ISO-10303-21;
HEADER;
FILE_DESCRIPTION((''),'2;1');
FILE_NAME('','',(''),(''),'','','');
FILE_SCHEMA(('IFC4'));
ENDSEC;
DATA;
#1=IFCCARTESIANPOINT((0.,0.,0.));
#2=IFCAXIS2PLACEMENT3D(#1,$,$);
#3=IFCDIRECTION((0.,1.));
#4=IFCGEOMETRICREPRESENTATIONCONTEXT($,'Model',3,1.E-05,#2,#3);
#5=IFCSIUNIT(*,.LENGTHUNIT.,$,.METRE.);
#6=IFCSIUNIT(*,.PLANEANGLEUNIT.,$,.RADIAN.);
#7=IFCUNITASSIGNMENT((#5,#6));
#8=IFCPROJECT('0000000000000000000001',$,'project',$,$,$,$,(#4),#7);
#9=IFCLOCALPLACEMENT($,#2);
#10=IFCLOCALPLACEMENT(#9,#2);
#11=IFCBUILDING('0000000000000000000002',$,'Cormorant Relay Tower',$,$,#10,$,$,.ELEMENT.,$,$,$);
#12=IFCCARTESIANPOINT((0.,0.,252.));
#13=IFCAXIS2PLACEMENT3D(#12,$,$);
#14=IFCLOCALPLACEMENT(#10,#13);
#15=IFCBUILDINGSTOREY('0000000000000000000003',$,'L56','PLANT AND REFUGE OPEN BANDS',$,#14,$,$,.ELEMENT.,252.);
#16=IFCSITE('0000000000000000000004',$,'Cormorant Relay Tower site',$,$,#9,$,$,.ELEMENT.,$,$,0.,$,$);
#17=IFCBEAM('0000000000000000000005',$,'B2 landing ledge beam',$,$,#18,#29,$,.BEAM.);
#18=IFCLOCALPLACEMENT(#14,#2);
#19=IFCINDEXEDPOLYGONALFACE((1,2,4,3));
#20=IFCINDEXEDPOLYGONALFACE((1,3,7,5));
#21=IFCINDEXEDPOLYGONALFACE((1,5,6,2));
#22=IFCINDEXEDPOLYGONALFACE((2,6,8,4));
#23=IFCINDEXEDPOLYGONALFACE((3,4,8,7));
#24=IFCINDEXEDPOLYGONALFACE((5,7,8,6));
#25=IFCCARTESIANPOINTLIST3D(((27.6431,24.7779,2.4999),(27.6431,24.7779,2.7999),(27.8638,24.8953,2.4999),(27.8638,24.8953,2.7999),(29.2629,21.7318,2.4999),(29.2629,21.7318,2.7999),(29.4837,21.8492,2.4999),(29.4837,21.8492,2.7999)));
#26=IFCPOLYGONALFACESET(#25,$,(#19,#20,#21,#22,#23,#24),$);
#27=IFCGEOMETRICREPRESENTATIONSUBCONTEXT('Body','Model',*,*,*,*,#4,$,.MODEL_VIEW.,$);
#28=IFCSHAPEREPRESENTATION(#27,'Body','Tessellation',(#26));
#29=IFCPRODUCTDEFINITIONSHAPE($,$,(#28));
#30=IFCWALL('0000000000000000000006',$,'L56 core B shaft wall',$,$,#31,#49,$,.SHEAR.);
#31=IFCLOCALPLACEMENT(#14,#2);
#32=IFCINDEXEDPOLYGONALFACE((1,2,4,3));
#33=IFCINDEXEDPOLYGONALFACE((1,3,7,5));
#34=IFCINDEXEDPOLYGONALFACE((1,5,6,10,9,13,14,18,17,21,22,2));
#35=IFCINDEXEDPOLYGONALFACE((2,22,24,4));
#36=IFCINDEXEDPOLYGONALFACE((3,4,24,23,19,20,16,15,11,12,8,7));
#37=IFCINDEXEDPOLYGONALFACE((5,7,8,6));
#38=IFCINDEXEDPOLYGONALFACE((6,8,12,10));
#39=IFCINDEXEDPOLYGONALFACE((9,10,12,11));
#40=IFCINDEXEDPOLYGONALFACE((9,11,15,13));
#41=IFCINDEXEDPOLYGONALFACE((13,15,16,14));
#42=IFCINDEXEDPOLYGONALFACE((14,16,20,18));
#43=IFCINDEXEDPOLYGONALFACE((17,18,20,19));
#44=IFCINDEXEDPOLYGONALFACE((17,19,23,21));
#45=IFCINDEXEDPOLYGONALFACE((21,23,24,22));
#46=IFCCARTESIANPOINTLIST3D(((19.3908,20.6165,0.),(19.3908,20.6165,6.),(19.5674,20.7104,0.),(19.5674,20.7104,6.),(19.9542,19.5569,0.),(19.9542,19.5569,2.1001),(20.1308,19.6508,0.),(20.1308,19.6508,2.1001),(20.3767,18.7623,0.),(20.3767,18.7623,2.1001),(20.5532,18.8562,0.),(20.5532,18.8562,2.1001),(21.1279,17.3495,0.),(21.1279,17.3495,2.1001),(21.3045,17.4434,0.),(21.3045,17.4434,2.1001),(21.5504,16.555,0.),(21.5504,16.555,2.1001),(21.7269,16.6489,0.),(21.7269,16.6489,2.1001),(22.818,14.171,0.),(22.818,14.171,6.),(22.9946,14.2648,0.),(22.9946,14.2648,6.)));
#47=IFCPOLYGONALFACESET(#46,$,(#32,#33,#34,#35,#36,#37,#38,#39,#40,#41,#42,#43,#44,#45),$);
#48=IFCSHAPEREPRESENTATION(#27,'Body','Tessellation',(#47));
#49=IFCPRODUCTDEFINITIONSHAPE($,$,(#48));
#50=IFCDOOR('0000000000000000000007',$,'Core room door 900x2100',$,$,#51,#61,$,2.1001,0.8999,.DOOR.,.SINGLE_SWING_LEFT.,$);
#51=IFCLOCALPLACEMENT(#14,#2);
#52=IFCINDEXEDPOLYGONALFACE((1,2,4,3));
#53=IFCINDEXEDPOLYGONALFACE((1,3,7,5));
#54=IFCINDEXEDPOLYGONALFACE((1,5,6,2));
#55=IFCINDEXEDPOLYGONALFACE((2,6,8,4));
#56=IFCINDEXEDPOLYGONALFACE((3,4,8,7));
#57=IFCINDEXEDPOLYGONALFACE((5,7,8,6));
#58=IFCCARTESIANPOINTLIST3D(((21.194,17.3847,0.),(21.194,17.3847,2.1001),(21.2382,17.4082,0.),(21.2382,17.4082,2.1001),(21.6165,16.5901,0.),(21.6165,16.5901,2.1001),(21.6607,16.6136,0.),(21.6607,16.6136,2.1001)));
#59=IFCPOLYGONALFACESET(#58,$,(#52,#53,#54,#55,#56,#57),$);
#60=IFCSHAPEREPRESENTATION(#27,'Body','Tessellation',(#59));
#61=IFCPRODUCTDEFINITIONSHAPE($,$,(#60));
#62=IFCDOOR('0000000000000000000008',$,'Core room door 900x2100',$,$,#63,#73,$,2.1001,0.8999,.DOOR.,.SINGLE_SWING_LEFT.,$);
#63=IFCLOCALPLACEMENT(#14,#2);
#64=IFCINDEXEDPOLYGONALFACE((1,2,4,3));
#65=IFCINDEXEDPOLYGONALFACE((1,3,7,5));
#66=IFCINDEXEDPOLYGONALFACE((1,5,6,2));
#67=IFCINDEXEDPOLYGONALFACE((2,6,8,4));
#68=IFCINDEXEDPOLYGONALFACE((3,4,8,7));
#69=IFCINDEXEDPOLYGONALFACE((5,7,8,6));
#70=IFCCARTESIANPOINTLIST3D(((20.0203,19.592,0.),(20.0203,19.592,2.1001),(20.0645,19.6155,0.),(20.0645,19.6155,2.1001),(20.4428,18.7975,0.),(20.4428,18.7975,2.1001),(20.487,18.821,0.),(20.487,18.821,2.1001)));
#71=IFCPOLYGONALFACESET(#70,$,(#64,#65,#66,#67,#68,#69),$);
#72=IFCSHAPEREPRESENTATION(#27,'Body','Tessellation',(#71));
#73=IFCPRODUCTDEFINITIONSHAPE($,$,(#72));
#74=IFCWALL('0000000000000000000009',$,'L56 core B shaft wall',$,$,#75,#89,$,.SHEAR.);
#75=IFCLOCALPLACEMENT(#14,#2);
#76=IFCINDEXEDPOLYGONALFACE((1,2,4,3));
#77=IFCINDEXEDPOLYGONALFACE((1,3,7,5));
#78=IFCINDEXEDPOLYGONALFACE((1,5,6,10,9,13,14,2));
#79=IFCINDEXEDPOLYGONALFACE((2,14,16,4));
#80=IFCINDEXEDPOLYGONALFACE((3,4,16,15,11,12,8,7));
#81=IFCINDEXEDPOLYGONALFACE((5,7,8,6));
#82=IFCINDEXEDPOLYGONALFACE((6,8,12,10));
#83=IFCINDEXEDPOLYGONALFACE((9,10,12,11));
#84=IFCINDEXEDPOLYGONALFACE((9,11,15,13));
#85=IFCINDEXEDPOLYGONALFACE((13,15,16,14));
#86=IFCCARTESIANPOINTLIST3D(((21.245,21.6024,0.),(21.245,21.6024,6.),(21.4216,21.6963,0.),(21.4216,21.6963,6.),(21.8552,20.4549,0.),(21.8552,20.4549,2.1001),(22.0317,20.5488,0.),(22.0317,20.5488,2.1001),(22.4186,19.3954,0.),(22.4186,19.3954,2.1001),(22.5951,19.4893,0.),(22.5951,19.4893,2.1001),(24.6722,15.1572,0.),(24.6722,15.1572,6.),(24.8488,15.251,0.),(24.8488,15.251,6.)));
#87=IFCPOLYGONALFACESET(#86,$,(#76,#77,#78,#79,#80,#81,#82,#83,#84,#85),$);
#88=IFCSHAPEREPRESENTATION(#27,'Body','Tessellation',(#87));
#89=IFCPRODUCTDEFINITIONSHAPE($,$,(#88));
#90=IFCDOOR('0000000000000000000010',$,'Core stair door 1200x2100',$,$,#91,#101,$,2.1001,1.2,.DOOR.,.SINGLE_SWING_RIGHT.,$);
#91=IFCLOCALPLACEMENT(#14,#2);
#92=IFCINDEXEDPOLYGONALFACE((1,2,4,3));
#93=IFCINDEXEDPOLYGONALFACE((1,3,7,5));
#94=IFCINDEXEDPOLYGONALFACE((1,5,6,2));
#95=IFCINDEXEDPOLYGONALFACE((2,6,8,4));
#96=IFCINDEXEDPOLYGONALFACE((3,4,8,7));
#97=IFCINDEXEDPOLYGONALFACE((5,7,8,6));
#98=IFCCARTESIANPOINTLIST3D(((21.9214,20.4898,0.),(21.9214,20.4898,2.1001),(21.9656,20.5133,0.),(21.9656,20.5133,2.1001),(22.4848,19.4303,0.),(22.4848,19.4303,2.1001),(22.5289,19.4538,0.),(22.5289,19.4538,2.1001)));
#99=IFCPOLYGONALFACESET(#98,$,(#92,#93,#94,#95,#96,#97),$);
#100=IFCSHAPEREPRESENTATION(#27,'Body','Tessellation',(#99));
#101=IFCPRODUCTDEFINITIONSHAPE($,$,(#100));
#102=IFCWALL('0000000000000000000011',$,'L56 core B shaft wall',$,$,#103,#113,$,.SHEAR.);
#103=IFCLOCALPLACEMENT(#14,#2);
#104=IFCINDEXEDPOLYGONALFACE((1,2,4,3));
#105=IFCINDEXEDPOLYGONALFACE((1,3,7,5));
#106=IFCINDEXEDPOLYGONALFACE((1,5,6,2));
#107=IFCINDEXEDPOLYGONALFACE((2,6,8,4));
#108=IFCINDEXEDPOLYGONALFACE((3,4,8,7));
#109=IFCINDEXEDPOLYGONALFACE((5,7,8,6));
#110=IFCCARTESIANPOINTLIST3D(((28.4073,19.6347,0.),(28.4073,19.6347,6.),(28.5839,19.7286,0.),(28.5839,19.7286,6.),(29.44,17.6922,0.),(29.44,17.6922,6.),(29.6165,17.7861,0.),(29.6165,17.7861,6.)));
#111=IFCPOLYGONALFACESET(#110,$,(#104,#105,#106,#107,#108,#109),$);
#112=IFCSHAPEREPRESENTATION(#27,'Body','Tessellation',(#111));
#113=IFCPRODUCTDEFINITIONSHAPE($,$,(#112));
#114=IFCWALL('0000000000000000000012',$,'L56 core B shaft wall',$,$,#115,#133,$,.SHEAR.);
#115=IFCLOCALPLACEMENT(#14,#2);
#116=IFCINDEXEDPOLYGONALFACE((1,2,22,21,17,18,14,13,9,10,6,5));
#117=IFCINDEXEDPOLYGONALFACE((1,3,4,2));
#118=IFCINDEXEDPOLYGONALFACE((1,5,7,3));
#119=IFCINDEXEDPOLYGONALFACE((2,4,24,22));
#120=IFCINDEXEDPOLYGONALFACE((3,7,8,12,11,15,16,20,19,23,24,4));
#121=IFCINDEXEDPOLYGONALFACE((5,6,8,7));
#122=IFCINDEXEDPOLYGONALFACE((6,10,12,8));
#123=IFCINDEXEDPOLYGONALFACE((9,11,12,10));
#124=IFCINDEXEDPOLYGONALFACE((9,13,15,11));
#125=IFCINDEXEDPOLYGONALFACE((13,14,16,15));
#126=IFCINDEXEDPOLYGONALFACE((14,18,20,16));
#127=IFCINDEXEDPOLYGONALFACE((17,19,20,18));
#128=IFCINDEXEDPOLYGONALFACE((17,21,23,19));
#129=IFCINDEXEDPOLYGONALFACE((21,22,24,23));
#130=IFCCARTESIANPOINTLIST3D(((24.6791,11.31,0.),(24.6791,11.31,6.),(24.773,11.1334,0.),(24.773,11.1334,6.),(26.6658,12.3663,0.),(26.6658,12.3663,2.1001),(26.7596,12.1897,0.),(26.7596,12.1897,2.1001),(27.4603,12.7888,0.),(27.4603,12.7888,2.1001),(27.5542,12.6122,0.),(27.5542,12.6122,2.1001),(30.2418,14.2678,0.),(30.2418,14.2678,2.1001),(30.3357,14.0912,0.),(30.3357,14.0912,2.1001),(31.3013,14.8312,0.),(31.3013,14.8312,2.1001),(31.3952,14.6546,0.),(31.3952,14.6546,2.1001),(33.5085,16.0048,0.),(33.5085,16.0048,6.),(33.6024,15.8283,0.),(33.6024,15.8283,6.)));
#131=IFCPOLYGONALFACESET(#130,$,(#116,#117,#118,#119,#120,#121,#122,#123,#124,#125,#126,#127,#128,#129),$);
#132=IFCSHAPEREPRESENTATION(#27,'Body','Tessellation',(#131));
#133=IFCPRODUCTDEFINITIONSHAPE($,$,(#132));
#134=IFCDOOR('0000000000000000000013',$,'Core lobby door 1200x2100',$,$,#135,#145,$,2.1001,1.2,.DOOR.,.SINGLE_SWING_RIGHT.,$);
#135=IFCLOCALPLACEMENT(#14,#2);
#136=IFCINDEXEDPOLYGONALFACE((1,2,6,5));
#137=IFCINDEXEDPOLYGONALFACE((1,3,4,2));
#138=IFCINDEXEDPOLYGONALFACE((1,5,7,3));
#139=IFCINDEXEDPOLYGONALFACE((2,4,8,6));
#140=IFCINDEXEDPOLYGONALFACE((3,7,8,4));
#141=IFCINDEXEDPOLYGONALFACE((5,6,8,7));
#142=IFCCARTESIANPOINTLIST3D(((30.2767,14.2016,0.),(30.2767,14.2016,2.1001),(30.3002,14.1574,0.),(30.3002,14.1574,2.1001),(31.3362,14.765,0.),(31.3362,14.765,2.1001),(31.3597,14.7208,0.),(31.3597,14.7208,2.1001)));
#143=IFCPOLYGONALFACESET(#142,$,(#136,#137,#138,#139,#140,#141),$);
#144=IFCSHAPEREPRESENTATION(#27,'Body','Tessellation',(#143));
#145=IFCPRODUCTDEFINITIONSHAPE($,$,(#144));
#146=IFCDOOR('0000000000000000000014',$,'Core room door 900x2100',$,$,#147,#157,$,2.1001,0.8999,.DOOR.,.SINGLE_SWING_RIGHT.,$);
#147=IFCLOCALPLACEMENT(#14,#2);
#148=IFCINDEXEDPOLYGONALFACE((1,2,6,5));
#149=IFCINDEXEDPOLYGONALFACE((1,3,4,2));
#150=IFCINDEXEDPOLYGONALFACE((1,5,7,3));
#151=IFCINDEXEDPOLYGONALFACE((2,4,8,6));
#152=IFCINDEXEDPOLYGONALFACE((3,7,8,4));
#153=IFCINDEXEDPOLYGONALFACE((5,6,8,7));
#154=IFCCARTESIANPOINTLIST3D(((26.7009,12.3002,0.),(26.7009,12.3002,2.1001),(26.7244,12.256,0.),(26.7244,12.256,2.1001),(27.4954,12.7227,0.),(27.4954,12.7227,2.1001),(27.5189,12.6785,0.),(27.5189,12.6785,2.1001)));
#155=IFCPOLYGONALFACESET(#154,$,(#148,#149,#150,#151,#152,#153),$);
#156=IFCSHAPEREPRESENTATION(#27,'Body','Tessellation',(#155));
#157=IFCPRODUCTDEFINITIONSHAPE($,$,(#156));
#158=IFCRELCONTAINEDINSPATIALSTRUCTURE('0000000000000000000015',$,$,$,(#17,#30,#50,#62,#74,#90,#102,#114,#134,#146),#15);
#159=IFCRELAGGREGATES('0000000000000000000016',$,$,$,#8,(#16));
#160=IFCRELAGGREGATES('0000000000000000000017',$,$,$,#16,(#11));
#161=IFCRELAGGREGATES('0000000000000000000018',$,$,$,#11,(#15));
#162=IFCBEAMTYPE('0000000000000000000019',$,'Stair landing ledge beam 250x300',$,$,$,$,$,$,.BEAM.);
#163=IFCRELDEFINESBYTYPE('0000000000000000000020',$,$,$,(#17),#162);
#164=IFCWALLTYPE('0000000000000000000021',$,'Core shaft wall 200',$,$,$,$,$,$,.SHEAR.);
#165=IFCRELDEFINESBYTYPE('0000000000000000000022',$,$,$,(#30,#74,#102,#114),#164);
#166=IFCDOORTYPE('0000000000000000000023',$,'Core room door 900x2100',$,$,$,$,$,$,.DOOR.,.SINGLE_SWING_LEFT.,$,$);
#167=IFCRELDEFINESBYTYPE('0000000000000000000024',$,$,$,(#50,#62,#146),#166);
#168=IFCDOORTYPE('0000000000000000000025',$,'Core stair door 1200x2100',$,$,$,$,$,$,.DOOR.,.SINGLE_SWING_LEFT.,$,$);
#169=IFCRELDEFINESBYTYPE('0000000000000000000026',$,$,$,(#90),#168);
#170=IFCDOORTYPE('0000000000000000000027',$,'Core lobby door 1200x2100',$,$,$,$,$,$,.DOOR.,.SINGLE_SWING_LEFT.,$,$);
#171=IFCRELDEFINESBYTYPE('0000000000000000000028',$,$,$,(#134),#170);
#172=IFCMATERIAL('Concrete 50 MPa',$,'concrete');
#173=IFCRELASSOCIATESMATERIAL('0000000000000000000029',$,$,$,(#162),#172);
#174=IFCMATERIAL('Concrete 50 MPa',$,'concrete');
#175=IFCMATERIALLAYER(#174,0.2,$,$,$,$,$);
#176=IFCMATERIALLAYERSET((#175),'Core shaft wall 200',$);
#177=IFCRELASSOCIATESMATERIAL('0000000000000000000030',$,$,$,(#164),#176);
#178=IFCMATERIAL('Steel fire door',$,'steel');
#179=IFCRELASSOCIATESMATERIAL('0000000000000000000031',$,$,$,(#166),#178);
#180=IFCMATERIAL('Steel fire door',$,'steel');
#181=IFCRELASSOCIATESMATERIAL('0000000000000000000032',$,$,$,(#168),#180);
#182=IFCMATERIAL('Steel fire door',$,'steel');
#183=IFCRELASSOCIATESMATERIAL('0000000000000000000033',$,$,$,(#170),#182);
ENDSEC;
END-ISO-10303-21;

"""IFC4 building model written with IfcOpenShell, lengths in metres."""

from ifc_helpers import new_model, si_unit, direction, frame, frame_2d, origin, origin_2d, place, context, subcontext, project, spatial, rectangle, extrude, material, layer, layer_set, material_profile, profile_set, type_object, element, fill, save


model = new_model("IFC4")

# Units and contexts
model_context = context("Model", 3, precision=1e-05, world=origin(), true_north=direction((0.0, 1.0)))
body_context = subcontext(model_context, "Body", "Model", "MODEL_VIEW")
ifc_project = project(units=[si_unit("LENGTHUNIT", "METRE"), si_unit("PLANEANGLEUNIT", "RADIAN")], contexts=[model_context])

# Site, building, storey
site_placement = place(None, origin())
site = spatial("IfcSite", under=ifc_project, at=site_placement, Name="Cormorant Relay Tower site", CompositionType="ELEMENT", RefElevation=0.0)
building_placement = place(site_placement, origin())
building = spatial("IfcBuilding", under=site, at=building_placement, Name="Cormorant Relay Tower", CompositionType="ELEMENT")
storey_placement = place(building_placement, frame((0.0, 0.0, 252.0)))
storey = spatial("IfcBuildingStorey", under=building, at=storey_placement, Name="L56", Description="PLANT AND REFUGE OPEN BANDS", CompositionType="ELEMENT", Elevation=252.0)

# Beam
ifc_material_1 = material(Name="Concrete 50 MPa", Category="concrete")
ifc_material_profile = material_profile(ifc_material_1, rectangle(XDim=0.25, YDim=0.3, at=origin_2d()), Name="RC 250x300")
ifc_profile_set = profile_set([ifc_material_profile], Name="Concrete 50 MPa")
beam_type = type_object("IfcBeamType", Name="Stair landing ledge beam 250x300", PredefinedType="BEAM", material=ifc_profile_set)
beam_placement = place(storey_placement, frame((29.3733, 21.7905, 2.6499), z_axis=(-0.469519, 0.882922, 0.0), x_axis=(-0.882922, -0.469519, 0.0)))
element("IfcBeam", 1, at=beam_placement, inside=storey, type_object=beam_type, Name="B2 landing ledge beam", PredefinedType="BEAM", context=body_context, shape_type="SweptSolid", body=[
    extrude(rectangle(XDim=0.25, YDim=0.3, at=origin_2d()), origin(), (0.0, 0.0, 1.0), 3.45),
])

# Wall, openings, doors
ifc_material_2 = material(Name="Concrete 50 MPa", Category="concrete")
ifc_layer = layer(ifc_material_2, 0.2)
ifc_layer_set = layer_set([ifc_layer], Name="Core shaft wall 200")
wall_type = type_object("IfcWallType", Name="Core shaft wall 200", PredefinedType="SHEAR", material=ifc_layer_set)
wall_1_placement = place(storey_placement, frame((22.9062, 14.218, 0.0), z_axis=(0.0, 0.0, 1.0), x_axis=(-0.46948, 0.882943, 0.0)))
wall_1 = element("IfcWall", 2, at=wall_1_placement, inside=storey, type_object=wall_type, Name="L56 core B shaft wall", PredefinedType="SHEAR", context=body_context, shape_type="SweptSolid", body=[
    extrude(rectangle(XDim=7.3, YDim=0.2, at=frame_2d((3.6499, 0.0))), origin(), (0.0, 0.0, 1.0), 6.0),
])
opening_1_placement = place(wall_1_placement, frame((2.7, 0.0, 0.0)))
opening_1 = element("IfcOpeningElement", 3, at=opening_1_placement, cuts=wall_1, PredefinedType="OPENING", context=body_context, shape_type="SweptSolid", body=[
    extrude(rectangle(XDim=0.8999, YDim=2.1001, at=frame_2d((0.45, 1.05))), frame((0.0, 0.1099, 0.0), z_axis=(0.0, -1.0, 0.0), x_axis=(1.0, 0.0, 0.0)), (0.0, 0.0, 1.0), 0.22),
])
opening_2_placement = place(wall_1_placement, frame((5.2, 0.0, 0.0)))
opening_2 = element("IfcOpeningElement", 4, at=opening_2_placement, cuts=wall_1, PredefinedType="OPENING", context=body_context, shape_type="SweptSolid", body=[
    extrude(rectangle(XDim=0.8999, YDim=2.1001, at=frame_2d((0.45, 1.05))), frame((0.0, 0.1099, 0.0), z_axis=(0.0, -1.0, 0.0), x_axis=(1.0, 0.0, 0.0)), (0.0, 0.0, 1.0), 0.22),
])
ifc_material_3 = material(Name="Steel fire door", Category="steel")
door_type_1 = type_object("IfcDoorType", Name="Core room door 900x2100", OperationType="SINGLE_SWING_LEFT", PredefinedType="DOOR", material=ifc_material_3)
door_1_placement = place(opening_1_placement, frame((0.8999, 0.0, 0.0), z_axis=(0.0, 0.0, 1.0), x_axis=(-1.0, 0.0, 0.0)))
door_1 = element("IfcDoor", 5, at=door_1_placement, inside=storey, type_object=door_type_1, Name="Core room door 900x2100", OperationType="SINGLE_SWING_LEFT", OverallHeight=2.1001, OverallWidth=0.8999, PredefinedType="DOOR", context=body_context, shape_type="SweptSolid", body=[
    extrude(rectangle(XDim=0.8999, YDim=2.1001, at=frame_2d((0.45, 1.05))), frame((0.0, 0.0249, 0.0), z_axis=(0.0, -1.0, 0.0), x_axis=(1.0, 0.0, 0.0)), (0.0, 0.0, 1.0), 0.05),
])
fill(opening_1, door_1)
door_2_placement = place(opening_2_placement, frame((0.8999, 0.0, 0.0), z_axis=(0.0, 0.0, 1.0), x_axis=(-1.0, 0.0, 0.0)))
door_2 = element("IfcDoor", 6, at=door_2_placement, inside=storey, type_object=door_type_1, Name="Core room door 900x2100", OperationType="SINGLE_SWING_LEFT", OverallHeight=2.1001, OverallWidth=0.8999, PredefinedType="DOOR", context=body_context, shape_type="SweptSolid", body=[
    extrude(rectangle(XDim=0.8999, YDim=2.1001, at=frame_2d((0.45, 1.05))), frame((0.0, 0.0249, 0.0), z_axis=(0.0, -1.0, 0.0), x_axis=(1.0, 0.0, 0.0)), (0.0, 0.0, 1.0), 0.05),
])
fill(opening_2, door_2)

# Wall, opening, door
wall_2_placement = place(storey_placement, frame((24.7605, 15.2041, 0.0), z_axis=(0.0, 0.0, 1.0), x_axis=(-0.469494, 0.882936, 0.0)))
wall_2 = element("IfcWall", 7, at=wall_2_placement, inside=storey, type_object=wall_type, Name="L56 core B shaft wall", PredefinedType="SHEAR", context=body_context, shape_type="SweptSolid", body=[
    extrude(rectangle(XDim=7.2998, YDim=0.2, at=frame_2d((3.6499, 0.0))), origin(), (0.0, 0.0, 1.0), 6.0),
])
opening_3_placement = place(wall_2_placement, frame((4.8, 0.0, 0.0)))
opening_3 = element("IfcOpeningElement", 8, at=opening_3_placement, cuts=wall_2, PredefinedType="OPENING", context=body_context, shape_type="SweptSolid", body=[
    extrude(rectangle(XDim=1.2, YDim=2.1001, at=frame_2d((0.6001, 1.05))), frame((0.0, 0.1099, 0.0), z_axis=(0.0, -1.0, 0.0), x_axis=(1.0, 0.0, 0.0)), (0.0, 0.0, 1.0), 0.22),
])
ifc_material_4 = material(Name="Steel fire door", Category="steel")
door_type_2 = type_object("IfcDoorType", Name="Core stair door 1200x2100", OperationType="SINGLE_SWING_LEFT", PredefinedType="DOOR", material=ifc_material_4)
door_3_placement = place(opening_3_placement, frame((1.2, 0.0, 0.0), z_axis=(0.0, 0.0, 1.0), x_axis=(-1.0, 0.0, 0.0)))
door_3 = element("IfcDoor", 9, at=door_3_placement, inside=storey, type_object=door_type_2, Name="Core stair door 1200x2100", OperationType="SINGLE_SWING_RIGHT", OverallHeight=2.1001, OverallWidth=1.2, PredefinedType="DOOR", context=body_context, shape_type="SweptSolid", body=[
    extrude(rectangle(XDim=1.2, YDim=2.1001, at=frame_2d((0.6001, 1.05))), frame((0.0, 0.0249, 0.0), z_axis=(0.0, -1.0, 0.0), x_axis=(1.0, 0.0, 0.0)), (0.0, 0.0, 1.0), 0.05),
])
fill(opening_3, door_3)

# Wall
wall_3_placement = place(storey_placement, frame((29.5283, 17.739, 0.0), z_axis=(0.0, 0.0, 1.0), x_axis=(-0.469401, 0.882985, 0.0)))
element("IfcWall", 10, at=wall_3_placement, inside=storey, type_object=wall_type, Name="L56 core B shaft wall", PredefinedType="SHEAR", context=body_context, shape_type="SweptSolid", body=[
    extrude(rectangle(XDim=2.2, YDim=0.2, at=frame_2d((1.1001, 0.0))), origin(), (0.0, 0.0, 1.0), 6.0),
])

# Wall, openings, doors
wall_4_placement = place(storey_placement, frame((24.7261, 11.2217, 0.0), z_axis=(0.0, 0.0, 1.0), x_axis=(0.88294, 0.469485, 0.0)))
wall_4 = element("IfcWall", 11, at=wall_4_placement, inside=storey, type_object=wall_type, Name="L56 core B shaft wall", PredefinedType="SHEAR", context=body_context, shape_type="SweptSolid", body=[
    extrude(rectangle(XDim=10.0, YDim=0.2, at=frame_2d((5.0, 0.0))), origin(), (0.0, 0.0, 1.0), 6.0),
])
opening_4_placement = place(wall_4_placement, frame((6.3, 0.0, 0.0)))
opening_4 = element("IfcOpeningElement", 12, at=opening_4_placement, cuts=wall_4, PredefinedType="OPENING", context=body_context, shape_type="SweptSolid", body=[
    extrude(rectangle(XDim=1.2, YDim=2.1001, at=frame_2d((0.6001, 1.05))), frame((0.0, 0.1099, 0.0), z_axis=(0.0, -1.0, 0.0), x_axis=(1.0, 0.0, 0.0)), (0.0, 0.0, 1.0), 0.22),
])
opening_5_placement = place(wall_4_placement, frame((2.25, 0.0, 0.0)))
opening_5 = element("IfcOpeningElement", 13, at=opening_5_placement, cuts=wall_4, PredefinedType="OPENING", context=body_context, shape_type="SweptSolid", body=[
    extrude(rectangle(XDim=0.8999, YDim=2.1001, at=frame_2d((0.45, 1.05))), frame((0.0, 0.1099, 0.0), z_axis=(0.0, -1.0, 0.0), x_axis=(1.0, 0.0, 0.0)), (0.0, 0.0, 1.0), 0.22),
])
ifc_material_5 = material(Name="Steel fire door", Category="steel")
door_type_3 = type_object("IfcDoorType", Name="Core lobby door 1200x2100", OperationType="SINGLE_SWING_LEFT", PredefinedType="DOOR", material=ifc_material_5)
door_4_placement = place(opening_4_placement, frame((1.2, 0.0, 0.0), z_axis=(0.0, 0.0, 1.0), x_axis=(-1.0, 0.0, 0.0)))
door_4 = element("IfcDoor", 14, at=door_4_placement, inside=storey, type_object=door_type_3, Name="Core lobby door 1200x2100", OperationType="SINGLE_SWING_RIGHT", OverallHeight=2.1001, OverallWidth=1.2, PredefinedType="DOOR", context=body_context, shape_type="SweptSolid", body=[
    extrude(rectangle(XDim=1.2, YDim=2.1001, at=frame_2d((0.6001, 1.05))), frame((0.0, 0.0249, 0.0), z_axis=(0.0, -1.0, 0.0), x_axis=(1.0, 0.0, 0.0)), (0.0, 0.0, 1.0), 0.05),
])
fill(opening_4, door_4)
door_5_placement = place(opening_5_placement, frame((0.8999, 0.0, 0.0), z_axis=(0.0, 0.0, 1.0), x_axis=(-1.0, 0.0, 0.0)))
door_5 = element("IfcDoor", 15, at=door_5_placement, inside=storey, type_object=door_type_1, Name="Core room door 900x2100", OperationType="SINGLE_SWING_RIGHT", OverallHeight=2.1001, OverallWidth=0.8999, PredefinedType="DOOR", context=body_context, shape_type="SweptSolid", body=[
    extrude(rectangle(XDim=0.8999, YDim=2.1001, at=frame_2d((0.45, 1.05))), frame((0.0, 0.0249, 0.0), z_axis=(0.0, -1.0, 0.0), x_axis=(1.0, 0.0, 0.0)), (0.0, 0.0, 1.0), 0.05),
])
fill(opening_5, door_5)

save(model, "model.ifc")
